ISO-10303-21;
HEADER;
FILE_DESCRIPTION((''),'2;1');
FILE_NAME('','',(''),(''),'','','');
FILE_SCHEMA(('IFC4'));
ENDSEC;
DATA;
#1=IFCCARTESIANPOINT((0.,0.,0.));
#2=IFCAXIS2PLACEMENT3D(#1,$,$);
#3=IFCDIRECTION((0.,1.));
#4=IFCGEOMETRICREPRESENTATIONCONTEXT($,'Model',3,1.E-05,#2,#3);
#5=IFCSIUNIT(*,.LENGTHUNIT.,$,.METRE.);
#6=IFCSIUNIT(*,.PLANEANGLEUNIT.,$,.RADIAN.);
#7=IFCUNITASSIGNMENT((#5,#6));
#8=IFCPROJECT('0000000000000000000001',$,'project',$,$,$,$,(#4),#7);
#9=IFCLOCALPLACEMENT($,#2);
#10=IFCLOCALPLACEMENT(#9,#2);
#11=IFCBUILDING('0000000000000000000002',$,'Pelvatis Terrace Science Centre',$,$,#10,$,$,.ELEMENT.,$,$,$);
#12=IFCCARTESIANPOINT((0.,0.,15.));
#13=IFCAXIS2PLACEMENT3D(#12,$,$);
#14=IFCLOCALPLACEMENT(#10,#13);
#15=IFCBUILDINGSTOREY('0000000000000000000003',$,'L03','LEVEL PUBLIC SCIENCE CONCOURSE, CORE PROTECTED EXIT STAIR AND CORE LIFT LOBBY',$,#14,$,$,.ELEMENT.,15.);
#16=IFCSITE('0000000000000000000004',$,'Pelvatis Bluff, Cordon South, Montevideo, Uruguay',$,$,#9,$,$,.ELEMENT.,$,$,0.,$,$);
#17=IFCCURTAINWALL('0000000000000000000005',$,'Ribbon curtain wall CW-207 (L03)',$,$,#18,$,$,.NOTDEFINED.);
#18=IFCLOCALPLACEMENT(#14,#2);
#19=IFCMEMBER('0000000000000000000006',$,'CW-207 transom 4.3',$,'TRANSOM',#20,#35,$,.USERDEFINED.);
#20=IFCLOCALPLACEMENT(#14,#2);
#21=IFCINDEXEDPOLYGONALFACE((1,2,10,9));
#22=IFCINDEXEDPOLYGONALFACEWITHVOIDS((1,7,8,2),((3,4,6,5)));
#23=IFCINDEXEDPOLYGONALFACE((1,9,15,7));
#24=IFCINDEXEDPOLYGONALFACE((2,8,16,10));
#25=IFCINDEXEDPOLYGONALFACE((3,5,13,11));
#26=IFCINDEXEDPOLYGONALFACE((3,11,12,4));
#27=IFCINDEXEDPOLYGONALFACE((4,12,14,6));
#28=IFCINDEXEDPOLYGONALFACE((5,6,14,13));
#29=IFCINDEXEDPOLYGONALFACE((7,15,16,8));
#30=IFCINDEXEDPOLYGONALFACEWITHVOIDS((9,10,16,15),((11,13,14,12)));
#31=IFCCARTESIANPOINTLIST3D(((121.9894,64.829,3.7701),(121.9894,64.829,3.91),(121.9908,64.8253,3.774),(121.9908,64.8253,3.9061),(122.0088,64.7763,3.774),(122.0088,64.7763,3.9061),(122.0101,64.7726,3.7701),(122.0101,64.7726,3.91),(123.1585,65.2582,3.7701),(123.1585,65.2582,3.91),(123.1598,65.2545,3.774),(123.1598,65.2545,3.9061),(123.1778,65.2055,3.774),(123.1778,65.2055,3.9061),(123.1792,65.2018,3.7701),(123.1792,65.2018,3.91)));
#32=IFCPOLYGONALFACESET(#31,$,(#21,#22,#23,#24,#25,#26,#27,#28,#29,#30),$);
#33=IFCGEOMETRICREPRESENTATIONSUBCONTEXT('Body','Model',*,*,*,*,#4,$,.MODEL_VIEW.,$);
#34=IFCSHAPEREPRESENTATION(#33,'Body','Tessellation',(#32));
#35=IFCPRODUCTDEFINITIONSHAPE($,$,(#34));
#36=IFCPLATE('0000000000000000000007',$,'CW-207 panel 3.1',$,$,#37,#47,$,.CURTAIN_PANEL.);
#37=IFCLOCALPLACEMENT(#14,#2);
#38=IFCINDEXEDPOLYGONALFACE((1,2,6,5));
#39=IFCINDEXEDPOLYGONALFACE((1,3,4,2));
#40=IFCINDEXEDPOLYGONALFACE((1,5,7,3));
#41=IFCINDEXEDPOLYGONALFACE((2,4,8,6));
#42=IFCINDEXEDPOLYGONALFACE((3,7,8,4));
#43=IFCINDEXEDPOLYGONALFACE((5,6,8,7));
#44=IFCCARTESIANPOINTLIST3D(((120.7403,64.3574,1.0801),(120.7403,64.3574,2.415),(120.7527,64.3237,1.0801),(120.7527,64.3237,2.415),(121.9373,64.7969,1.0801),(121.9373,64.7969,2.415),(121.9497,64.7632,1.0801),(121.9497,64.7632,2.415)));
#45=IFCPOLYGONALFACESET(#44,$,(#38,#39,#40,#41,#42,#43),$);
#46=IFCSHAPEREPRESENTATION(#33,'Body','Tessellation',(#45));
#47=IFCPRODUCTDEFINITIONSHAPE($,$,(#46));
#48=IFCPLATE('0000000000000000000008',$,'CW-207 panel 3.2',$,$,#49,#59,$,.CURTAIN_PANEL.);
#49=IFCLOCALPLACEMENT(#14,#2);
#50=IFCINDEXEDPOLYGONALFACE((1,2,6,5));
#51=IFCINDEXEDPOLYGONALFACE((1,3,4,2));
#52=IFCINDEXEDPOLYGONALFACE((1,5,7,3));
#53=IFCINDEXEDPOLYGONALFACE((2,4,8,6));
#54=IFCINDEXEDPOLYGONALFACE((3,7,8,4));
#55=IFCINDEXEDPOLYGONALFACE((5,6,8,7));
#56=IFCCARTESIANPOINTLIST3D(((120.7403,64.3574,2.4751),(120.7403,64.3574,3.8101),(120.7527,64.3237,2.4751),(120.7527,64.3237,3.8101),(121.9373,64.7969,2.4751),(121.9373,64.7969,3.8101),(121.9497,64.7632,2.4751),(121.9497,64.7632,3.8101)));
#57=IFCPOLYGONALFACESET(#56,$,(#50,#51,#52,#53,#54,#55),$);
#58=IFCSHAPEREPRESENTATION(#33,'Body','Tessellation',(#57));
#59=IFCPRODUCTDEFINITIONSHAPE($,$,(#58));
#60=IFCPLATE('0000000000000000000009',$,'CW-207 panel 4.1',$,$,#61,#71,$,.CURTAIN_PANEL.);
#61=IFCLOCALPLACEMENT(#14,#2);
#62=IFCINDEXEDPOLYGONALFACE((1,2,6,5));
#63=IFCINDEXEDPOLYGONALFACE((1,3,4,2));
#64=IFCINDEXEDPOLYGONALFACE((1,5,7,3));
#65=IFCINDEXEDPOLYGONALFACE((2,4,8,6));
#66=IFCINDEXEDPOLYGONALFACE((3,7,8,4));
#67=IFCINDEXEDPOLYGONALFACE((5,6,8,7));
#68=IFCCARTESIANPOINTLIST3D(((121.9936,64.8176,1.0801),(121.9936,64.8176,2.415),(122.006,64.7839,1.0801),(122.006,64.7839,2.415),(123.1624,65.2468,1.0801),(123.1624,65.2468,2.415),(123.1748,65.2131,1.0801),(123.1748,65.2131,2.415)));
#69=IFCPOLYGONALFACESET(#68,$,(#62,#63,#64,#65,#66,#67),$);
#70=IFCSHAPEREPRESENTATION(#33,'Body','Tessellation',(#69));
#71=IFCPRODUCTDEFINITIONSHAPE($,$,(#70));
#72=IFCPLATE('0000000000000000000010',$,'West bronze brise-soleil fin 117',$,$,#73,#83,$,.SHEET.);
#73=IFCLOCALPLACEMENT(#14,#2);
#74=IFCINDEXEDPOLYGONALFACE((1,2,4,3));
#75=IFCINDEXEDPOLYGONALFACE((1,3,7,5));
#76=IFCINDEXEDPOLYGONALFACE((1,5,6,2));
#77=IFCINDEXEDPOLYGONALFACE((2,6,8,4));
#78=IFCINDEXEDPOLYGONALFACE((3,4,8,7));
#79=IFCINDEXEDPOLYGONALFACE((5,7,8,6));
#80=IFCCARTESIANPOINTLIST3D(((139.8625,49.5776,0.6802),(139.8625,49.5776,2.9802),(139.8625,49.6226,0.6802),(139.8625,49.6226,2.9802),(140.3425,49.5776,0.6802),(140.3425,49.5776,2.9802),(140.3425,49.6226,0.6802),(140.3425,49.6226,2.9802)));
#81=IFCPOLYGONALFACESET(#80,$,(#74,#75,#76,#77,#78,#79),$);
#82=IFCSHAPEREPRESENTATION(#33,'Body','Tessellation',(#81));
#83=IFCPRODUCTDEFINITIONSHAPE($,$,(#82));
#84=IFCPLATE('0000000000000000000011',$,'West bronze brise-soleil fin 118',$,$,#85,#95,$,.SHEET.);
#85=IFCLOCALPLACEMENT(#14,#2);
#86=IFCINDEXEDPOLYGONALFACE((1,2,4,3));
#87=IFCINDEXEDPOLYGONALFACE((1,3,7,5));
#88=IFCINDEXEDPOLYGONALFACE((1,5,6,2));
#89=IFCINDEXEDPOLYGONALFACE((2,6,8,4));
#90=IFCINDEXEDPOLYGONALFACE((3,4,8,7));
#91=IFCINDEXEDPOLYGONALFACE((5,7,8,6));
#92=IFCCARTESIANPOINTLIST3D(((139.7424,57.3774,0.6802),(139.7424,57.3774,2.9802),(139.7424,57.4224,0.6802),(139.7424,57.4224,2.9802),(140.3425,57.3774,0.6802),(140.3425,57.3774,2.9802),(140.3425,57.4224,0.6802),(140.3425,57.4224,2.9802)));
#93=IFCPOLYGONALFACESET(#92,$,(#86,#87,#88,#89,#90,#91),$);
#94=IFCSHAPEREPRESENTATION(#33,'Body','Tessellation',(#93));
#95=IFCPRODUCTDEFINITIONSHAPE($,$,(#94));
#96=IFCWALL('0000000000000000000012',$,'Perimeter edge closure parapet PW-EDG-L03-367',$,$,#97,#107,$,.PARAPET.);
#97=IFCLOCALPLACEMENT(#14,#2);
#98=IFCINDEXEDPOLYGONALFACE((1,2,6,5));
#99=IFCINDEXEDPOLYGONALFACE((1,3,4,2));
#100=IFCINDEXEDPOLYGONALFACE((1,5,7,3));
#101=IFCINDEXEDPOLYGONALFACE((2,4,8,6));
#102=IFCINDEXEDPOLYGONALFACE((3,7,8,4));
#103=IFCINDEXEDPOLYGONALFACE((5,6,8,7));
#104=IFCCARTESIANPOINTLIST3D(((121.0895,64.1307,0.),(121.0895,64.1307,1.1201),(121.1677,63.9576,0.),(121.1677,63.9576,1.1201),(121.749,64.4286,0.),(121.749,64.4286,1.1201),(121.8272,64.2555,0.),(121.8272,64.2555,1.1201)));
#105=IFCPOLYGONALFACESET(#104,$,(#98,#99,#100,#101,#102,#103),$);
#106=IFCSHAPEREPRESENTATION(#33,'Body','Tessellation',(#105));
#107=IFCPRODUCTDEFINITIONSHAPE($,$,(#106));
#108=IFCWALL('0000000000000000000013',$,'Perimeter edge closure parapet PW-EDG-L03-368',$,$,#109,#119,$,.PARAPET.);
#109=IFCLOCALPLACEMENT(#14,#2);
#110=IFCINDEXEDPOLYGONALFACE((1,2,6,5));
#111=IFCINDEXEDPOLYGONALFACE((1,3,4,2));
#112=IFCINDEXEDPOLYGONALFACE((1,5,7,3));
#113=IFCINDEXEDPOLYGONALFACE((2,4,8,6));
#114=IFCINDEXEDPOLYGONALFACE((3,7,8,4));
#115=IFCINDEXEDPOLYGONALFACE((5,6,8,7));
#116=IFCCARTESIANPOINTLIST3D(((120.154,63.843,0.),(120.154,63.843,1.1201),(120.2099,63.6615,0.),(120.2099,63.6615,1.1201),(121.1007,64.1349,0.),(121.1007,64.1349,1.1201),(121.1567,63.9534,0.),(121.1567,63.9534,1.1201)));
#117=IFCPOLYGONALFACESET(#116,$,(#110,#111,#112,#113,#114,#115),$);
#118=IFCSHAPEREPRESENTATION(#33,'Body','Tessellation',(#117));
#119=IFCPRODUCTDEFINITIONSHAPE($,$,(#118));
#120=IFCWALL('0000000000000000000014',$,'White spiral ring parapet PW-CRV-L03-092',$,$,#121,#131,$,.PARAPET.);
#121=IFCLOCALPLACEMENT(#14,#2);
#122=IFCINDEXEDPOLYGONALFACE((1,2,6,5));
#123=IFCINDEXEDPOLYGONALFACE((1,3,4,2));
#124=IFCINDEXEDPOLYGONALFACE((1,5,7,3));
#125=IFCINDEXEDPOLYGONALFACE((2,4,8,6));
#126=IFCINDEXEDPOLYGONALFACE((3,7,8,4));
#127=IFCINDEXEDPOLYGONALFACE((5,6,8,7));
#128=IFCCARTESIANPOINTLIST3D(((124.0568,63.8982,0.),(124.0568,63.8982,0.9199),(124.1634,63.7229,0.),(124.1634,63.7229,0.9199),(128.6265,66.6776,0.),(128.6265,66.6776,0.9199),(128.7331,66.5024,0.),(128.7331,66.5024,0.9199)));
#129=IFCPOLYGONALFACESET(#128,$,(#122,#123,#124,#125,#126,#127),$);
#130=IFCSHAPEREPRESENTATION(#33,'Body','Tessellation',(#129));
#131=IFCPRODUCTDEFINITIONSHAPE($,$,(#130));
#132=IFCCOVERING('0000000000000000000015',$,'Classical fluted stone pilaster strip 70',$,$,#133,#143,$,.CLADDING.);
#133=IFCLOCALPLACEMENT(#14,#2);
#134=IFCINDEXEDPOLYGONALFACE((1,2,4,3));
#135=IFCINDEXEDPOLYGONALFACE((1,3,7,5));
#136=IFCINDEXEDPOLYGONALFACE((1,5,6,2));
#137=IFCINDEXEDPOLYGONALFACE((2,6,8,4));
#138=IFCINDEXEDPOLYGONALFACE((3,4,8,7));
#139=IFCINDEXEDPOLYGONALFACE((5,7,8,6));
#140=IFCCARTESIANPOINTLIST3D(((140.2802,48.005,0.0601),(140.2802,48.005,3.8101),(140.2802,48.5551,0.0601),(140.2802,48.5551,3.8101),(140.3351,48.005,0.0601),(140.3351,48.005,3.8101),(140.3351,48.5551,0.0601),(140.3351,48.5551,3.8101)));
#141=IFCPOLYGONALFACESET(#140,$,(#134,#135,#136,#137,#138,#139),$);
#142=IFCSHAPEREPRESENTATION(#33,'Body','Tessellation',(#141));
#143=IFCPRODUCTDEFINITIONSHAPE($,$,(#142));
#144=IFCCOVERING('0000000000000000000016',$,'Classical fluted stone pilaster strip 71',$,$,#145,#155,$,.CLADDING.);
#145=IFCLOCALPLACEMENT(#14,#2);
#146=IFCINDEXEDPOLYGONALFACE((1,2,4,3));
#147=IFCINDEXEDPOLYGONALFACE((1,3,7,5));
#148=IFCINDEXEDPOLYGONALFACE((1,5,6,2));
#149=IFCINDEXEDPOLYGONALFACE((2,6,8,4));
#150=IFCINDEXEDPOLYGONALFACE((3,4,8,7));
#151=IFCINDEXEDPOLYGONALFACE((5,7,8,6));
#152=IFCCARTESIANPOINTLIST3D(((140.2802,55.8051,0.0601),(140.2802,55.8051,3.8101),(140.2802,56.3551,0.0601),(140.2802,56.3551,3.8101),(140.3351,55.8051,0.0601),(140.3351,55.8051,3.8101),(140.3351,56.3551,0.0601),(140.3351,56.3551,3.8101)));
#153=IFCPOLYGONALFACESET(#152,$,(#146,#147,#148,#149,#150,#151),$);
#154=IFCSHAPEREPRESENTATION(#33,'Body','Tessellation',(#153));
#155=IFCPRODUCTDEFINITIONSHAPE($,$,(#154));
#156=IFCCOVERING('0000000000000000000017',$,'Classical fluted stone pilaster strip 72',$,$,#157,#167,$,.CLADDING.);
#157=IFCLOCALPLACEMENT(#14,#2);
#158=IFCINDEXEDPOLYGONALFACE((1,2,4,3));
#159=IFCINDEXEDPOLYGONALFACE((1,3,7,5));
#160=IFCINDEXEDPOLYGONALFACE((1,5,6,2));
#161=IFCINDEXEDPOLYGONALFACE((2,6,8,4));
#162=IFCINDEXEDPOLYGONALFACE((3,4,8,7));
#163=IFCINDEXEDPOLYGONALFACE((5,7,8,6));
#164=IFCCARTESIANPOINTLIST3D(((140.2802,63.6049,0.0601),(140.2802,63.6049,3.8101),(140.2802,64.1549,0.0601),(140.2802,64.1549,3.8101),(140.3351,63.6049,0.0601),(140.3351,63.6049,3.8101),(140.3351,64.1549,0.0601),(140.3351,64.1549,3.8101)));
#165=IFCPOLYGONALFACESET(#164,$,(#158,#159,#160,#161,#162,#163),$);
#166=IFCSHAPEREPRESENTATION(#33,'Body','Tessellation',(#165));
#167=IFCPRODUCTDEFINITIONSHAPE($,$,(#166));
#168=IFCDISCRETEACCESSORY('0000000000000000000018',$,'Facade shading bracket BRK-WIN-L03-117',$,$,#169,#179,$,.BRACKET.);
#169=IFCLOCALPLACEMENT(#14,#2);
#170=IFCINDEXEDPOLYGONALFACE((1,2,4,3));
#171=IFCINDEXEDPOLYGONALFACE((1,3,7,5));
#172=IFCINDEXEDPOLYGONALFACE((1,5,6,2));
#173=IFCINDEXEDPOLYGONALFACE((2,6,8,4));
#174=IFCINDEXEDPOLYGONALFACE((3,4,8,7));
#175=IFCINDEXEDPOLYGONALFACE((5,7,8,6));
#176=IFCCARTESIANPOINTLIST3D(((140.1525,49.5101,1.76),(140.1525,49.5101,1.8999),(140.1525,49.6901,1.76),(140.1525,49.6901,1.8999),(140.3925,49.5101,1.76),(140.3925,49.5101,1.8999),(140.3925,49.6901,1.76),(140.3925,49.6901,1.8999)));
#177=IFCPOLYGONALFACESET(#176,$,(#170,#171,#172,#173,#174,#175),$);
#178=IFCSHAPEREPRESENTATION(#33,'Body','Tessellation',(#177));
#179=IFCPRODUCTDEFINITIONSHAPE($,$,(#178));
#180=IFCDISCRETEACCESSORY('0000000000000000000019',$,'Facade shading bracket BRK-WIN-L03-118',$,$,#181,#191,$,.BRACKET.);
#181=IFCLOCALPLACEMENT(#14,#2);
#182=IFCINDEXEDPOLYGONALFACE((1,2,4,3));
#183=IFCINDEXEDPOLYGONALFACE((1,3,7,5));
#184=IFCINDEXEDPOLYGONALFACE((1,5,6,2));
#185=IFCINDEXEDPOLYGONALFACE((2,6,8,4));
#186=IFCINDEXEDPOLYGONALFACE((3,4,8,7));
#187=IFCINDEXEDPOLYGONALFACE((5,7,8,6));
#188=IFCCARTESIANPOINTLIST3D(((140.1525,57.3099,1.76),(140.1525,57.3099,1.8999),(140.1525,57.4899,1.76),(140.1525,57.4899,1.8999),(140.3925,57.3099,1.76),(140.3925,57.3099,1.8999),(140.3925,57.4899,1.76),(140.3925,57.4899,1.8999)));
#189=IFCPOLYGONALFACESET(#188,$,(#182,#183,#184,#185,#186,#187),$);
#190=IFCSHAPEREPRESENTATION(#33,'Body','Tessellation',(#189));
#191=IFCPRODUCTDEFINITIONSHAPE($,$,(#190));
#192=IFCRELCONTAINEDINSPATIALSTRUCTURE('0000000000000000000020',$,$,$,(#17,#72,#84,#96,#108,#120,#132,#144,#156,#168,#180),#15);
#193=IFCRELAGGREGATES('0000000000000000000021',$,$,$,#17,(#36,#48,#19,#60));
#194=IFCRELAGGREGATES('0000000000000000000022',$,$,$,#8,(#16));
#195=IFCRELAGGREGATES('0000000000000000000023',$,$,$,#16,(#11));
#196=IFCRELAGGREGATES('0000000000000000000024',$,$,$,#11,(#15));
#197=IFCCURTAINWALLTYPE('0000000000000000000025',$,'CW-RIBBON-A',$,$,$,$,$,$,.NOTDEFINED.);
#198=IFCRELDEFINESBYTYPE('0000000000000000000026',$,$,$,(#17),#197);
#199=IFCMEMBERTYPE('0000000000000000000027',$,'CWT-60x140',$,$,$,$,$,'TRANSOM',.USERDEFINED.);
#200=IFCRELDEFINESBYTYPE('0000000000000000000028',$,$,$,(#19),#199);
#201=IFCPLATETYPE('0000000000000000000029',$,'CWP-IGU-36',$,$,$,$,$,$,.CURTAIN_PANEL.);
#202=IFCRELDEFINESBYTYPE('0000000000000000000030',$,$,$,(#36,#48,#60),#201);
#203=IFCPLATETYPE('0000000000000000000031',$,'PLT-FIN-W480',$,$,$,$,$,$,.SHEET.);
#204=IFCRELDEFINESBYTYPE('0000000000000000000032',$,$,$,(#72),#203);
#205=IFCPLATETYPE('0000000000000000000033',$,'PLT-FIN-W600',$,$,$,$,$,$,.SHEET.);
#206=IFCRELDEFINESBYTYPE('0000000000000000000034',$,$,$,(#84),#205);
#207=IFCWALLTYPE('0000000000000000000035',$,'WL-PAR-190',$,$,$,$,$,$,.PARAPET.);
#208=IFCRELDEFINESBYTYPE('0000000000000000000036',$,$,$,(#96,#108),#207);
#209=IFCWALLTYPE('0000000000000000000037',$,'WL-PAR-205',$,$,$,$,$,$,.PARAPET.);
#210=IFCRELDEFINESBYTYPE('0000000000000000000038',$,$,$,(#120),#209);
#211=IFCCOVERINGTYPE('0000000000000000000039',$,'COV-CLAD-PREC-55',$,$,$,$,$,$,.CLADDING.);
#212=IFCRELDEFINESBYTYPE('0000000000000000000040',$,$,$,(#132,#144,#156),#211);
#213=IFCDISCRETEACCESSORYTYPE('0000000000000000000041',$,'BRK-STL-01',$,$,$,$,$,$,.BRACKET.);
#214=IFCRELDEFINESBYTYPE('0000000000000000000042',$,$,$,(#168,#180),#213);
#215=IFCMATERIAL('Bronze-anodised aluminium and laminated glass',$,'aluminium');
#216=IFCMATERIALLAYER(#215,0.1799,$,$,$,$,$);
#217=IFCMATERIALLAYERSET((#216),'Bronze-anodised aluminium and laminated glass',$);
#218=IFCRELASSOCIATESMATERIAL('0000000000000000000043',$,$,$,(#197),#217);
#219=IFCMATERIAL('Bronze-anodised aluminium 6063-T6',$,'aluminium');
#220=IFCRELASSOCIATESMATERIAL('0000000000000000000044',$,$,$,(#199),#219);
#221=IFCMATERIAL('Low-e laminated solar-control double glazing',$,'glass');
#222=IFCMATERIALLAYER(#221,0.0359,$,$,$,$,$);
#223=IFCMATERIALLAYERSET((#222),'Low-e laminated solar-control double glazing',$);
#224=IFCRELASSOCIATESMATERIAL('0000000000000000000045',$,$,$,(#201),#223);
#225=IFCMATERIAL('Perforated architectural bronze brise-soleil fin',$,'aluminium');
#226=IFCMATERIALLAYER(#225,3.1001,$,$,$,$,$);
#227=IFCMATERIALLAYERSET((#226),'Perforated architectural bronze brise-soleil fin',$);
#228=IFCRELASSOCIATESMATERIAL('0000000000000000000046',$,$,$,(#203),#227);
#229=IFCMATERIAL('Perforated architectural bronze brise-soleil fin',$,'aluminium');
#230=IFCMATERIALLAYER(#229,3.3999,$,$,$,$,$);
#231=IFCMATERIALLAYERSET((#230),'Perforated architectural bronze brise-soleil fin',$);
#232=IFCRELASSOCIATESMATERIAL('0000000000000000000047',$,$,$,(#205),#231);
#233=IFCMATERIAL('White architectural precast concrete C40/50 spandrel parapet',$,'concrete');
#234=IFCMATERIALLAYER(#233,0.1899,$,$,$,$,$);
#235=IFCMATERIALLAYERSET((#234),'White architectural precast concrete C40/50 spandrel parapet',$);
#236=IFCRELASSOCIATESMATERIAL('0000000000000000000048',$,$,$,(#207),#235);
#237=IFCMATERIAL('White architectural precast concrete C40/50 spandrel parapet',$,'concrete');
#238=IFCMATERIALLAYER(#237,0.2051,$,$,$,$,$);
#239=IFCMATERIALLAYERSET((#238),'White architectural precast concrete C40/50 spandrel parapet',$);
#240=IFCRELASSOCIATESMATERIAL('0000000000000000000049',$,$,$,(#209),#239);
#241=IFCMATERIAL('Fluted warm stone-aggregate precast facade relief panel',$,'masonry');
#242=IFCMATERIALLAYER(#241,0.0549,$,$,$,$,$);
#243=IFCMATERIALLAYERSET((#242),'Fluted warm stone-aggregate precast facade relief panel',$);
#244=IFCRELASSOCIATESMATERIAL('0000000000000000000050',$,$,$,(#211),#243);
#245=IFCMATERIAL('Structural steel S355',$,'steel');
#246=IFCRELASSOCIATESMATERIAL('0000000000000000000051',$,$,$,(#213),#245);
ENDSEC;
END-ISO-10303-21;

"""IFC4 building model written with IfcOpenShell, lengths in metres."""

from ifc_helpers import new_model, si_unit, direction, frame, frame_2d, origin, origin_2d, place, context, subcontext, project, spatial, rectangle, hollow_rectangle, extrude, material, layer, layer_set, material_profile, profile_set, type_object, element, aggregate, save


model = new_model("IFC4")

# Units and contexts
model_context = context("Model", 3, precision=1e-05, world=origin(), true_north=direction((0.0, 1.0)))
body_context = subcontext(model_context, "Body", "Model", "MODEL_VIEW")
ifc_project = project(units=[si_unit("LENGTHUNIT", "METRE"), si_unit("PLANEANGLEUNIT", "RADIAN")], contexts=[model_context])

# Site, building, storey
site_placement = place(None, origin())
site = spatial("IfcSite", under=ifc_project, at=site_placement, Name="Pelvatis Bluff, Cordon South, Montevideo, Uruguay", CompositionType="ELEMENT", RefElevation=0.0)
building_placement = place(site_placement, origin())
building = spatial("IfcBuilding", under=site, at=building_placement, Name="Pelvatis Terrace Science Centre", CompositionType="ELEMENT")
storey_placement = place(building_placement, frame((0.0, 0.0, 15.0)))
storey = spatial("IfcBuildingStorey", under=building, at=storey_placement, Name="L03", Description="LEVEL PUBLIC SCIENCE CONCOURSE, CORE PROTECTED EXIT STAIR AND CORE LIFT LOBBY", CompositionType="ELEMENT", Elevation=15.0)

# Curtain wall, member, plates
ifc_material_1 = material(Name="Bronze-anodised aluminium and laminated glass", Category="aluminium")
ifc_layer_1 = layer(ifc_material_1, 0.1799)
ifc_layer_set_1 = layer_set([ifc_layer_1], Name="Bronze-anodised aluminium and laminated glass")
curtain_wall_type = type_object("IfcCurtainWallType", Name="CW-RIBBON-A", PredefinedType="NOTDEFINED", material=ifc_layer_set_1)
curtain_wall_placement = place(storey_placement, origin())
curtain_wall = element("IfcCurtainWall", 1, at=curtain_wall_placement, inside=storey, type_object=curtain_wall_type, Name="Ribbon curtain wall CW-207 (L03)", PredefinedType="NOTDEFINED")
ifc_material_2 = material(Name="Bronze-anodised aluminium 6063-T6", Category="aluminium")
ifc_material_profile_1 = material_profile(ifc_material_2, hollow_rectangle(XDim=0.0601, YDim=0.1399, WallThickness=0.0039, at=origin_2d()), Name="ALU-TRN 60x140")
ifc_profile_set_1 = profile_set([ifc_material_profile_1], Name="Bronze-anodised aluminium 6063-T6")
member_type_1 = type_object("IfcMemberType", Name="CWT-60x140", ElementType="TRANSOM", PredefinedType="USERDEFINED", material=ifc_profile_set_1)
member_1_placement = place(storey_placement, frame((121.9998, 64.8008, 3.8401), z_axis=(0.938724, 0.344669, 0.0), x_axis=(-0.344669, 0.938724, 0.0)))
member_1 = element("IfcMember", 2, at=member_1_placement, type_object=member_type_1, Name="CW-207 transom 4.3", ObjectType="TRANSOM", PredefinedType="USERDEFINED", context=body_context, shape_type="SweptSolid", body=[
    extrude(hollow_rectangle(XDim=0.0601, YDim=0.1399, WallThickness=0.0039, at=origin_2d()), origin(), (0.0, 0.0, 1.0), 1.2454),
])
ifc_material_3 = material(Name="Low-e laminated solar-control double glazing", Category="glass")
ifc_layer_2 = layer(ifc_material_3, 0.0359)
ifc_layer_set_2 = layer_set([ifc_layer_2], Name="Low-e laminated solar-control double glazing")
plate_type_1 = type_object("IfcPlateType", Name="CWP-IGU-36", PredefinedType="CURTAIN_PANEL", material=ifc_layer_set_2)
plate_1_placement = place(storey_placement, frame((121.345, 64.5603, 1.0801), z_axis=(0.0, 0.0, 1.0), x_axis=(0.938707, 0.344715, 0.0)))
plate_1 = element("IfcPlate", 3, at=plate_1_placement, type_object=plate_type_1, Name="CW-207 panel 3.1", PredefinedType="CURTAIN_PANEL", context=body_context, shape_type="SweptSolid", body=[
    extrude(rectangle(XDim=1.2751, YDim=0.0359, at=origin_2d()), origin(), (0.0, 0.0, 1.0), 1.335),
])
plate_2_placement = place(storey_placement, frame((121.345, 64.5603, 2.4751), z_axis=(0.0, 0.0, 1.0), x_axis=(0.938707, 0.344715, 0.0)))
plate_2 = element("IfcPlate", 4, at=plate_2_placement, type_object=plate_type_1, Name="CW-207 panel 3.2", PredefinedType="CURTAIN_PANEL", context=body_context, shape_type="SweptSolid", body=[
    extrude(rectangle(XDim=1.2751, YDim=0.0359, at=origin_2d()), origin(), (0.0, 0.0, 1.0), 1.335),
])
plate_3_placement = place(storey_placement, frame((122.5842, 65.0154, 1.0801), z_axis=(0.0, 0.0, 1.0), x_axis=(0.938707, 0.344715, 0.0)))
plate_3 = element("IfcPlate", 5, at=plate_3_placement, type_object=plate_type_1, Name="CW-207 panel 4.1", PredefinedType="CURTAIN_PANEL", context=body_context, shape_type="SweptSolid", body=[
    extrude(rectangle(XDim=1.2451, YDim=0.0359, at=origin_2d()), origin(), (0.0, 0.0, 1.0), 1.335),
])
aggregate(curtain_wall, [plate_1, plate_2, member_1, plate_3])

# Plates
ifc_material_4 = material(Name="Perforated architectural bronze brise-soleil fin", Category="aluminium")
ifc_layer_3 = layer(ifc_material_4, 3.1001)
ifc_layer_set_3 = layer_set([ifc_layer_3], Name="Perforated architectural bronze brise-soleil fin")
plate_type_2 = type_object("IfcPlateType", Name="PLT-FIN-W480", PredefinedType="SHEET", material=ifc_layer_set_3)
plate_4_placement = place(storey_placement, frame((140.1025, 49.6001, 0.6802), z_axis=(0.0, 0.0, 1.0), x_axis=(1.0, 0.0, 0.0)))
element("IfcPlate", 6, at=plate_4_placement, inside=storey, type_object=plate_type_2, Name="West bronze brise-soleil fin 117", PredefinedType="SHEET", context=body_context, shape_type="SweptSolid", body=[
    extrude(rectangle(XDim=0.48, YDim=0.0449, at=origin_2d()), origin(), (0.0, 0.0, 1.0), 2.3),
])
ifc_material_5 = material(Name="Perforated architectural bronze brise-soleil fin", Category="aluminium")
ifc_layer_4 = layer(ifc_material_5, 3.3999)
ifc_layer_set_4 = layer_set([ifc_layer_4], Name="Perforated architectural bronze brise-soleil fin")
plate_type_3 = type_object("IfcPlateType", Name="PLT-FIN-W600", PredefinedType="SHEET", material=ifc_layer_set_4)
plate_5_placement = place(storey_placement, frame((140.0425, 57.3999, 0.6802), z_axis=(0.0, 0.0, 1.0), x_axis=(1.0, 0.0, 0.0)))
element("IfcPlate", 7, at=plate_5_placement, inside=storey, type_object=plate_type_3, Name="West bronze brise-soleil fin 118", PredefinedType="SHEET", context=body_context, shape_type="SweptSolid", body=[
    extrude(rectangle(XDim=0.6001, YDim=0.0449, at=origin_2d()), origin(), (0.0, 0.0, 1.0), 2.3),
])

# Walls
ifc_material_6 = material(Name="White architectural precast concrete C40/50 spandrel parapet", Category="concrete")
ifc_layer_5 = layer(ifc_material_6, 0.1899)
ifc_layer_set_5 = layer_set([ifc_layer_5], Name="White architectural precast concrete C40/50 spandrel parapet")
wall_type_1 = type_object("IfcWallType", Name="WL-PAR-190", PredefinedType="PARAPET", material=ifc_layer_set_5)
wall_1_placement = place(storey_placement, frame((121.7881, 64.342, 0.0), z_axis=(0.0, 0.0, 1.0), x_axis=(-0.911346, -0.411641, 0.0)))
element("IfcWall", 8, at=wall_1_placement, inside=storey, type_object=wall_type_1, Name="Perimeter edge closure parapet PW-EDG-L03-367", PredefinedType="PARAPET", context=body_context, shape_type="SweptSolid", body=[
    extrude(rectangle(XDim=0.7236, YDim=0.1899, at=frame_2d((0.3618, 0.0))), origin(), (0.0, 0.0, 1.0), 1.1201),
])
wall_2_placement = place(storey_placement, frame((121.1287, 64.0442, 0.0), z_axis=(0.0, 0.0, 1.0), x_axis=(-0.955587, -0.294709, 0.0)))
element("IfcWall", 9, at=wall_2_placement, inside=storey, type_object=wall_type_1, Name="Perimeter edge closure parapet PW-EDG-L03-368", PredefinedType="PARAPET", context=body_context, shape_type="SweptSolid", body=[
    extrude(rectangle(XDim=0.9907, YDim=0.1899, at=frame_2d((0.4954, 0.0))), origin(), (0.0, 0.0, 1.0), 1.1201),
])
ifc_material_7 = material(Name="White architectural precast concrete C40/50 spandrel parapet", Category="concrete")
ifc_layer_6 = layer(ifc_material_7, 0.2051)
ifc_layer_set_6 = layer_set([ifc_layer_6], Name="White architectural precast concrete C40/50 spandrel parapet")
wall_type_2 = type_object("IfcWallType", Name="WL-PAR-205", PredefinedType="PARAPET", material=ifc_layer_set_6)
wall_3_placement = place(storey_placement, frame((124.1101, 63.8105, 0.0), z_axis=(0.0, 0.0, 1.0), x_axis=(0.854372, 0.519662, 0.0)))
element("IfcWall", 10, at=wall_3_placement, inside=storey, type_object=wall_type_2, Name="White spiral ring parapet PW-CRV-L03-092", PredefinedType="PARAPET", context=body_context, shape_type="SweptSolid", body=[
    extrude(rectangle(XDim=5.3486, YDim=0.2051, at=frame_2d((2.6743, 0.0))), origin(), (0.0, 0.0, 1.0), 0.9199),
])

# Coverings
ifc_material_8 = material(Name="Fluted warm stone-aggregate precast facade relief panel", Category="masonry")
ifc_layer_7 = layer(ifc_material_8, 0.0549)
ifc_layer_set_7 = layer_set([ifc_layer_7], Name="Fluted warm stone-aggregate precast facade relief panel")
covering_type = type_object("IfcCoveringType", Name="COV-CLAD-PREC-55", PredefinedType="CLADDING", material=ifc_layer_set_7)
for number, where, z_axis, x_axis, name in (
    (11, (140.3076, 48.28, 0.0601), (0.0, 0.0, 1.0), (1.0, 0.0, 0.0), "Classical fluted stone pilaster strip 70"),
    (12, (140.3076, 56.0801, 0.0601), (0.0, 0.0, 1.0), (1.0, 0.0, 0.0), "Classical fluted stone pilaster strip 71"),
    (13, (140.3076, 63.8799, 0.0601), (0.0, 0.0, 1.0), (1.0, 0.0, 0.0), "Classical fluted stone pilaster strip 72"),
):
    element("IfcCovering", number, at=place(storey_placement, frame(where, z_axis=z_axis, x_axis=x_axis)), inside=storey, type_object=covering_type, Name=name, PredefinedType="CLADDING", context=body_context, shape_type="SweptSolid", body=[
        extrude(rectangle(XDim=0.0549, YDim=0.55, at=origin_2d()), origin(), (0.0, 0.0, 1.0), 3.75),
    ])

# Discrete accessories
ifc_material_9 = material(Name="Structural steel S355", Category="steel")
discrete_accessory_type = type_object("IfcDiscreteAccessoryType", Name="BRK-STL-01", PredefinedType="BRACKET", material=ifc_material_9)
for number, where, name in (
    (14, (140.2725, 49.6001, 1.76), "Facade shading bracket BRK-WIN-L03-117"),
    (15, (140.2725, 57.3999, 1.76), "Facade shading bracket BRK-WIN-L03-118"),
):
    element("IfcDiscreteAccessory", number, at=place(storey_placement, frame(where)), inside=storey, type_object=discrete_accessory_type, Name=name, PredefinedType="BRACKET", context=body_context, shape_type="SweptSolid", body=[
        extrude(rectangle(XDim=0.24, YDim=0.18, at=origin_2d()), origin(), (0.0, 0.0, 1.0), 0.1399),
    ])

save(model, "model.ifc")
